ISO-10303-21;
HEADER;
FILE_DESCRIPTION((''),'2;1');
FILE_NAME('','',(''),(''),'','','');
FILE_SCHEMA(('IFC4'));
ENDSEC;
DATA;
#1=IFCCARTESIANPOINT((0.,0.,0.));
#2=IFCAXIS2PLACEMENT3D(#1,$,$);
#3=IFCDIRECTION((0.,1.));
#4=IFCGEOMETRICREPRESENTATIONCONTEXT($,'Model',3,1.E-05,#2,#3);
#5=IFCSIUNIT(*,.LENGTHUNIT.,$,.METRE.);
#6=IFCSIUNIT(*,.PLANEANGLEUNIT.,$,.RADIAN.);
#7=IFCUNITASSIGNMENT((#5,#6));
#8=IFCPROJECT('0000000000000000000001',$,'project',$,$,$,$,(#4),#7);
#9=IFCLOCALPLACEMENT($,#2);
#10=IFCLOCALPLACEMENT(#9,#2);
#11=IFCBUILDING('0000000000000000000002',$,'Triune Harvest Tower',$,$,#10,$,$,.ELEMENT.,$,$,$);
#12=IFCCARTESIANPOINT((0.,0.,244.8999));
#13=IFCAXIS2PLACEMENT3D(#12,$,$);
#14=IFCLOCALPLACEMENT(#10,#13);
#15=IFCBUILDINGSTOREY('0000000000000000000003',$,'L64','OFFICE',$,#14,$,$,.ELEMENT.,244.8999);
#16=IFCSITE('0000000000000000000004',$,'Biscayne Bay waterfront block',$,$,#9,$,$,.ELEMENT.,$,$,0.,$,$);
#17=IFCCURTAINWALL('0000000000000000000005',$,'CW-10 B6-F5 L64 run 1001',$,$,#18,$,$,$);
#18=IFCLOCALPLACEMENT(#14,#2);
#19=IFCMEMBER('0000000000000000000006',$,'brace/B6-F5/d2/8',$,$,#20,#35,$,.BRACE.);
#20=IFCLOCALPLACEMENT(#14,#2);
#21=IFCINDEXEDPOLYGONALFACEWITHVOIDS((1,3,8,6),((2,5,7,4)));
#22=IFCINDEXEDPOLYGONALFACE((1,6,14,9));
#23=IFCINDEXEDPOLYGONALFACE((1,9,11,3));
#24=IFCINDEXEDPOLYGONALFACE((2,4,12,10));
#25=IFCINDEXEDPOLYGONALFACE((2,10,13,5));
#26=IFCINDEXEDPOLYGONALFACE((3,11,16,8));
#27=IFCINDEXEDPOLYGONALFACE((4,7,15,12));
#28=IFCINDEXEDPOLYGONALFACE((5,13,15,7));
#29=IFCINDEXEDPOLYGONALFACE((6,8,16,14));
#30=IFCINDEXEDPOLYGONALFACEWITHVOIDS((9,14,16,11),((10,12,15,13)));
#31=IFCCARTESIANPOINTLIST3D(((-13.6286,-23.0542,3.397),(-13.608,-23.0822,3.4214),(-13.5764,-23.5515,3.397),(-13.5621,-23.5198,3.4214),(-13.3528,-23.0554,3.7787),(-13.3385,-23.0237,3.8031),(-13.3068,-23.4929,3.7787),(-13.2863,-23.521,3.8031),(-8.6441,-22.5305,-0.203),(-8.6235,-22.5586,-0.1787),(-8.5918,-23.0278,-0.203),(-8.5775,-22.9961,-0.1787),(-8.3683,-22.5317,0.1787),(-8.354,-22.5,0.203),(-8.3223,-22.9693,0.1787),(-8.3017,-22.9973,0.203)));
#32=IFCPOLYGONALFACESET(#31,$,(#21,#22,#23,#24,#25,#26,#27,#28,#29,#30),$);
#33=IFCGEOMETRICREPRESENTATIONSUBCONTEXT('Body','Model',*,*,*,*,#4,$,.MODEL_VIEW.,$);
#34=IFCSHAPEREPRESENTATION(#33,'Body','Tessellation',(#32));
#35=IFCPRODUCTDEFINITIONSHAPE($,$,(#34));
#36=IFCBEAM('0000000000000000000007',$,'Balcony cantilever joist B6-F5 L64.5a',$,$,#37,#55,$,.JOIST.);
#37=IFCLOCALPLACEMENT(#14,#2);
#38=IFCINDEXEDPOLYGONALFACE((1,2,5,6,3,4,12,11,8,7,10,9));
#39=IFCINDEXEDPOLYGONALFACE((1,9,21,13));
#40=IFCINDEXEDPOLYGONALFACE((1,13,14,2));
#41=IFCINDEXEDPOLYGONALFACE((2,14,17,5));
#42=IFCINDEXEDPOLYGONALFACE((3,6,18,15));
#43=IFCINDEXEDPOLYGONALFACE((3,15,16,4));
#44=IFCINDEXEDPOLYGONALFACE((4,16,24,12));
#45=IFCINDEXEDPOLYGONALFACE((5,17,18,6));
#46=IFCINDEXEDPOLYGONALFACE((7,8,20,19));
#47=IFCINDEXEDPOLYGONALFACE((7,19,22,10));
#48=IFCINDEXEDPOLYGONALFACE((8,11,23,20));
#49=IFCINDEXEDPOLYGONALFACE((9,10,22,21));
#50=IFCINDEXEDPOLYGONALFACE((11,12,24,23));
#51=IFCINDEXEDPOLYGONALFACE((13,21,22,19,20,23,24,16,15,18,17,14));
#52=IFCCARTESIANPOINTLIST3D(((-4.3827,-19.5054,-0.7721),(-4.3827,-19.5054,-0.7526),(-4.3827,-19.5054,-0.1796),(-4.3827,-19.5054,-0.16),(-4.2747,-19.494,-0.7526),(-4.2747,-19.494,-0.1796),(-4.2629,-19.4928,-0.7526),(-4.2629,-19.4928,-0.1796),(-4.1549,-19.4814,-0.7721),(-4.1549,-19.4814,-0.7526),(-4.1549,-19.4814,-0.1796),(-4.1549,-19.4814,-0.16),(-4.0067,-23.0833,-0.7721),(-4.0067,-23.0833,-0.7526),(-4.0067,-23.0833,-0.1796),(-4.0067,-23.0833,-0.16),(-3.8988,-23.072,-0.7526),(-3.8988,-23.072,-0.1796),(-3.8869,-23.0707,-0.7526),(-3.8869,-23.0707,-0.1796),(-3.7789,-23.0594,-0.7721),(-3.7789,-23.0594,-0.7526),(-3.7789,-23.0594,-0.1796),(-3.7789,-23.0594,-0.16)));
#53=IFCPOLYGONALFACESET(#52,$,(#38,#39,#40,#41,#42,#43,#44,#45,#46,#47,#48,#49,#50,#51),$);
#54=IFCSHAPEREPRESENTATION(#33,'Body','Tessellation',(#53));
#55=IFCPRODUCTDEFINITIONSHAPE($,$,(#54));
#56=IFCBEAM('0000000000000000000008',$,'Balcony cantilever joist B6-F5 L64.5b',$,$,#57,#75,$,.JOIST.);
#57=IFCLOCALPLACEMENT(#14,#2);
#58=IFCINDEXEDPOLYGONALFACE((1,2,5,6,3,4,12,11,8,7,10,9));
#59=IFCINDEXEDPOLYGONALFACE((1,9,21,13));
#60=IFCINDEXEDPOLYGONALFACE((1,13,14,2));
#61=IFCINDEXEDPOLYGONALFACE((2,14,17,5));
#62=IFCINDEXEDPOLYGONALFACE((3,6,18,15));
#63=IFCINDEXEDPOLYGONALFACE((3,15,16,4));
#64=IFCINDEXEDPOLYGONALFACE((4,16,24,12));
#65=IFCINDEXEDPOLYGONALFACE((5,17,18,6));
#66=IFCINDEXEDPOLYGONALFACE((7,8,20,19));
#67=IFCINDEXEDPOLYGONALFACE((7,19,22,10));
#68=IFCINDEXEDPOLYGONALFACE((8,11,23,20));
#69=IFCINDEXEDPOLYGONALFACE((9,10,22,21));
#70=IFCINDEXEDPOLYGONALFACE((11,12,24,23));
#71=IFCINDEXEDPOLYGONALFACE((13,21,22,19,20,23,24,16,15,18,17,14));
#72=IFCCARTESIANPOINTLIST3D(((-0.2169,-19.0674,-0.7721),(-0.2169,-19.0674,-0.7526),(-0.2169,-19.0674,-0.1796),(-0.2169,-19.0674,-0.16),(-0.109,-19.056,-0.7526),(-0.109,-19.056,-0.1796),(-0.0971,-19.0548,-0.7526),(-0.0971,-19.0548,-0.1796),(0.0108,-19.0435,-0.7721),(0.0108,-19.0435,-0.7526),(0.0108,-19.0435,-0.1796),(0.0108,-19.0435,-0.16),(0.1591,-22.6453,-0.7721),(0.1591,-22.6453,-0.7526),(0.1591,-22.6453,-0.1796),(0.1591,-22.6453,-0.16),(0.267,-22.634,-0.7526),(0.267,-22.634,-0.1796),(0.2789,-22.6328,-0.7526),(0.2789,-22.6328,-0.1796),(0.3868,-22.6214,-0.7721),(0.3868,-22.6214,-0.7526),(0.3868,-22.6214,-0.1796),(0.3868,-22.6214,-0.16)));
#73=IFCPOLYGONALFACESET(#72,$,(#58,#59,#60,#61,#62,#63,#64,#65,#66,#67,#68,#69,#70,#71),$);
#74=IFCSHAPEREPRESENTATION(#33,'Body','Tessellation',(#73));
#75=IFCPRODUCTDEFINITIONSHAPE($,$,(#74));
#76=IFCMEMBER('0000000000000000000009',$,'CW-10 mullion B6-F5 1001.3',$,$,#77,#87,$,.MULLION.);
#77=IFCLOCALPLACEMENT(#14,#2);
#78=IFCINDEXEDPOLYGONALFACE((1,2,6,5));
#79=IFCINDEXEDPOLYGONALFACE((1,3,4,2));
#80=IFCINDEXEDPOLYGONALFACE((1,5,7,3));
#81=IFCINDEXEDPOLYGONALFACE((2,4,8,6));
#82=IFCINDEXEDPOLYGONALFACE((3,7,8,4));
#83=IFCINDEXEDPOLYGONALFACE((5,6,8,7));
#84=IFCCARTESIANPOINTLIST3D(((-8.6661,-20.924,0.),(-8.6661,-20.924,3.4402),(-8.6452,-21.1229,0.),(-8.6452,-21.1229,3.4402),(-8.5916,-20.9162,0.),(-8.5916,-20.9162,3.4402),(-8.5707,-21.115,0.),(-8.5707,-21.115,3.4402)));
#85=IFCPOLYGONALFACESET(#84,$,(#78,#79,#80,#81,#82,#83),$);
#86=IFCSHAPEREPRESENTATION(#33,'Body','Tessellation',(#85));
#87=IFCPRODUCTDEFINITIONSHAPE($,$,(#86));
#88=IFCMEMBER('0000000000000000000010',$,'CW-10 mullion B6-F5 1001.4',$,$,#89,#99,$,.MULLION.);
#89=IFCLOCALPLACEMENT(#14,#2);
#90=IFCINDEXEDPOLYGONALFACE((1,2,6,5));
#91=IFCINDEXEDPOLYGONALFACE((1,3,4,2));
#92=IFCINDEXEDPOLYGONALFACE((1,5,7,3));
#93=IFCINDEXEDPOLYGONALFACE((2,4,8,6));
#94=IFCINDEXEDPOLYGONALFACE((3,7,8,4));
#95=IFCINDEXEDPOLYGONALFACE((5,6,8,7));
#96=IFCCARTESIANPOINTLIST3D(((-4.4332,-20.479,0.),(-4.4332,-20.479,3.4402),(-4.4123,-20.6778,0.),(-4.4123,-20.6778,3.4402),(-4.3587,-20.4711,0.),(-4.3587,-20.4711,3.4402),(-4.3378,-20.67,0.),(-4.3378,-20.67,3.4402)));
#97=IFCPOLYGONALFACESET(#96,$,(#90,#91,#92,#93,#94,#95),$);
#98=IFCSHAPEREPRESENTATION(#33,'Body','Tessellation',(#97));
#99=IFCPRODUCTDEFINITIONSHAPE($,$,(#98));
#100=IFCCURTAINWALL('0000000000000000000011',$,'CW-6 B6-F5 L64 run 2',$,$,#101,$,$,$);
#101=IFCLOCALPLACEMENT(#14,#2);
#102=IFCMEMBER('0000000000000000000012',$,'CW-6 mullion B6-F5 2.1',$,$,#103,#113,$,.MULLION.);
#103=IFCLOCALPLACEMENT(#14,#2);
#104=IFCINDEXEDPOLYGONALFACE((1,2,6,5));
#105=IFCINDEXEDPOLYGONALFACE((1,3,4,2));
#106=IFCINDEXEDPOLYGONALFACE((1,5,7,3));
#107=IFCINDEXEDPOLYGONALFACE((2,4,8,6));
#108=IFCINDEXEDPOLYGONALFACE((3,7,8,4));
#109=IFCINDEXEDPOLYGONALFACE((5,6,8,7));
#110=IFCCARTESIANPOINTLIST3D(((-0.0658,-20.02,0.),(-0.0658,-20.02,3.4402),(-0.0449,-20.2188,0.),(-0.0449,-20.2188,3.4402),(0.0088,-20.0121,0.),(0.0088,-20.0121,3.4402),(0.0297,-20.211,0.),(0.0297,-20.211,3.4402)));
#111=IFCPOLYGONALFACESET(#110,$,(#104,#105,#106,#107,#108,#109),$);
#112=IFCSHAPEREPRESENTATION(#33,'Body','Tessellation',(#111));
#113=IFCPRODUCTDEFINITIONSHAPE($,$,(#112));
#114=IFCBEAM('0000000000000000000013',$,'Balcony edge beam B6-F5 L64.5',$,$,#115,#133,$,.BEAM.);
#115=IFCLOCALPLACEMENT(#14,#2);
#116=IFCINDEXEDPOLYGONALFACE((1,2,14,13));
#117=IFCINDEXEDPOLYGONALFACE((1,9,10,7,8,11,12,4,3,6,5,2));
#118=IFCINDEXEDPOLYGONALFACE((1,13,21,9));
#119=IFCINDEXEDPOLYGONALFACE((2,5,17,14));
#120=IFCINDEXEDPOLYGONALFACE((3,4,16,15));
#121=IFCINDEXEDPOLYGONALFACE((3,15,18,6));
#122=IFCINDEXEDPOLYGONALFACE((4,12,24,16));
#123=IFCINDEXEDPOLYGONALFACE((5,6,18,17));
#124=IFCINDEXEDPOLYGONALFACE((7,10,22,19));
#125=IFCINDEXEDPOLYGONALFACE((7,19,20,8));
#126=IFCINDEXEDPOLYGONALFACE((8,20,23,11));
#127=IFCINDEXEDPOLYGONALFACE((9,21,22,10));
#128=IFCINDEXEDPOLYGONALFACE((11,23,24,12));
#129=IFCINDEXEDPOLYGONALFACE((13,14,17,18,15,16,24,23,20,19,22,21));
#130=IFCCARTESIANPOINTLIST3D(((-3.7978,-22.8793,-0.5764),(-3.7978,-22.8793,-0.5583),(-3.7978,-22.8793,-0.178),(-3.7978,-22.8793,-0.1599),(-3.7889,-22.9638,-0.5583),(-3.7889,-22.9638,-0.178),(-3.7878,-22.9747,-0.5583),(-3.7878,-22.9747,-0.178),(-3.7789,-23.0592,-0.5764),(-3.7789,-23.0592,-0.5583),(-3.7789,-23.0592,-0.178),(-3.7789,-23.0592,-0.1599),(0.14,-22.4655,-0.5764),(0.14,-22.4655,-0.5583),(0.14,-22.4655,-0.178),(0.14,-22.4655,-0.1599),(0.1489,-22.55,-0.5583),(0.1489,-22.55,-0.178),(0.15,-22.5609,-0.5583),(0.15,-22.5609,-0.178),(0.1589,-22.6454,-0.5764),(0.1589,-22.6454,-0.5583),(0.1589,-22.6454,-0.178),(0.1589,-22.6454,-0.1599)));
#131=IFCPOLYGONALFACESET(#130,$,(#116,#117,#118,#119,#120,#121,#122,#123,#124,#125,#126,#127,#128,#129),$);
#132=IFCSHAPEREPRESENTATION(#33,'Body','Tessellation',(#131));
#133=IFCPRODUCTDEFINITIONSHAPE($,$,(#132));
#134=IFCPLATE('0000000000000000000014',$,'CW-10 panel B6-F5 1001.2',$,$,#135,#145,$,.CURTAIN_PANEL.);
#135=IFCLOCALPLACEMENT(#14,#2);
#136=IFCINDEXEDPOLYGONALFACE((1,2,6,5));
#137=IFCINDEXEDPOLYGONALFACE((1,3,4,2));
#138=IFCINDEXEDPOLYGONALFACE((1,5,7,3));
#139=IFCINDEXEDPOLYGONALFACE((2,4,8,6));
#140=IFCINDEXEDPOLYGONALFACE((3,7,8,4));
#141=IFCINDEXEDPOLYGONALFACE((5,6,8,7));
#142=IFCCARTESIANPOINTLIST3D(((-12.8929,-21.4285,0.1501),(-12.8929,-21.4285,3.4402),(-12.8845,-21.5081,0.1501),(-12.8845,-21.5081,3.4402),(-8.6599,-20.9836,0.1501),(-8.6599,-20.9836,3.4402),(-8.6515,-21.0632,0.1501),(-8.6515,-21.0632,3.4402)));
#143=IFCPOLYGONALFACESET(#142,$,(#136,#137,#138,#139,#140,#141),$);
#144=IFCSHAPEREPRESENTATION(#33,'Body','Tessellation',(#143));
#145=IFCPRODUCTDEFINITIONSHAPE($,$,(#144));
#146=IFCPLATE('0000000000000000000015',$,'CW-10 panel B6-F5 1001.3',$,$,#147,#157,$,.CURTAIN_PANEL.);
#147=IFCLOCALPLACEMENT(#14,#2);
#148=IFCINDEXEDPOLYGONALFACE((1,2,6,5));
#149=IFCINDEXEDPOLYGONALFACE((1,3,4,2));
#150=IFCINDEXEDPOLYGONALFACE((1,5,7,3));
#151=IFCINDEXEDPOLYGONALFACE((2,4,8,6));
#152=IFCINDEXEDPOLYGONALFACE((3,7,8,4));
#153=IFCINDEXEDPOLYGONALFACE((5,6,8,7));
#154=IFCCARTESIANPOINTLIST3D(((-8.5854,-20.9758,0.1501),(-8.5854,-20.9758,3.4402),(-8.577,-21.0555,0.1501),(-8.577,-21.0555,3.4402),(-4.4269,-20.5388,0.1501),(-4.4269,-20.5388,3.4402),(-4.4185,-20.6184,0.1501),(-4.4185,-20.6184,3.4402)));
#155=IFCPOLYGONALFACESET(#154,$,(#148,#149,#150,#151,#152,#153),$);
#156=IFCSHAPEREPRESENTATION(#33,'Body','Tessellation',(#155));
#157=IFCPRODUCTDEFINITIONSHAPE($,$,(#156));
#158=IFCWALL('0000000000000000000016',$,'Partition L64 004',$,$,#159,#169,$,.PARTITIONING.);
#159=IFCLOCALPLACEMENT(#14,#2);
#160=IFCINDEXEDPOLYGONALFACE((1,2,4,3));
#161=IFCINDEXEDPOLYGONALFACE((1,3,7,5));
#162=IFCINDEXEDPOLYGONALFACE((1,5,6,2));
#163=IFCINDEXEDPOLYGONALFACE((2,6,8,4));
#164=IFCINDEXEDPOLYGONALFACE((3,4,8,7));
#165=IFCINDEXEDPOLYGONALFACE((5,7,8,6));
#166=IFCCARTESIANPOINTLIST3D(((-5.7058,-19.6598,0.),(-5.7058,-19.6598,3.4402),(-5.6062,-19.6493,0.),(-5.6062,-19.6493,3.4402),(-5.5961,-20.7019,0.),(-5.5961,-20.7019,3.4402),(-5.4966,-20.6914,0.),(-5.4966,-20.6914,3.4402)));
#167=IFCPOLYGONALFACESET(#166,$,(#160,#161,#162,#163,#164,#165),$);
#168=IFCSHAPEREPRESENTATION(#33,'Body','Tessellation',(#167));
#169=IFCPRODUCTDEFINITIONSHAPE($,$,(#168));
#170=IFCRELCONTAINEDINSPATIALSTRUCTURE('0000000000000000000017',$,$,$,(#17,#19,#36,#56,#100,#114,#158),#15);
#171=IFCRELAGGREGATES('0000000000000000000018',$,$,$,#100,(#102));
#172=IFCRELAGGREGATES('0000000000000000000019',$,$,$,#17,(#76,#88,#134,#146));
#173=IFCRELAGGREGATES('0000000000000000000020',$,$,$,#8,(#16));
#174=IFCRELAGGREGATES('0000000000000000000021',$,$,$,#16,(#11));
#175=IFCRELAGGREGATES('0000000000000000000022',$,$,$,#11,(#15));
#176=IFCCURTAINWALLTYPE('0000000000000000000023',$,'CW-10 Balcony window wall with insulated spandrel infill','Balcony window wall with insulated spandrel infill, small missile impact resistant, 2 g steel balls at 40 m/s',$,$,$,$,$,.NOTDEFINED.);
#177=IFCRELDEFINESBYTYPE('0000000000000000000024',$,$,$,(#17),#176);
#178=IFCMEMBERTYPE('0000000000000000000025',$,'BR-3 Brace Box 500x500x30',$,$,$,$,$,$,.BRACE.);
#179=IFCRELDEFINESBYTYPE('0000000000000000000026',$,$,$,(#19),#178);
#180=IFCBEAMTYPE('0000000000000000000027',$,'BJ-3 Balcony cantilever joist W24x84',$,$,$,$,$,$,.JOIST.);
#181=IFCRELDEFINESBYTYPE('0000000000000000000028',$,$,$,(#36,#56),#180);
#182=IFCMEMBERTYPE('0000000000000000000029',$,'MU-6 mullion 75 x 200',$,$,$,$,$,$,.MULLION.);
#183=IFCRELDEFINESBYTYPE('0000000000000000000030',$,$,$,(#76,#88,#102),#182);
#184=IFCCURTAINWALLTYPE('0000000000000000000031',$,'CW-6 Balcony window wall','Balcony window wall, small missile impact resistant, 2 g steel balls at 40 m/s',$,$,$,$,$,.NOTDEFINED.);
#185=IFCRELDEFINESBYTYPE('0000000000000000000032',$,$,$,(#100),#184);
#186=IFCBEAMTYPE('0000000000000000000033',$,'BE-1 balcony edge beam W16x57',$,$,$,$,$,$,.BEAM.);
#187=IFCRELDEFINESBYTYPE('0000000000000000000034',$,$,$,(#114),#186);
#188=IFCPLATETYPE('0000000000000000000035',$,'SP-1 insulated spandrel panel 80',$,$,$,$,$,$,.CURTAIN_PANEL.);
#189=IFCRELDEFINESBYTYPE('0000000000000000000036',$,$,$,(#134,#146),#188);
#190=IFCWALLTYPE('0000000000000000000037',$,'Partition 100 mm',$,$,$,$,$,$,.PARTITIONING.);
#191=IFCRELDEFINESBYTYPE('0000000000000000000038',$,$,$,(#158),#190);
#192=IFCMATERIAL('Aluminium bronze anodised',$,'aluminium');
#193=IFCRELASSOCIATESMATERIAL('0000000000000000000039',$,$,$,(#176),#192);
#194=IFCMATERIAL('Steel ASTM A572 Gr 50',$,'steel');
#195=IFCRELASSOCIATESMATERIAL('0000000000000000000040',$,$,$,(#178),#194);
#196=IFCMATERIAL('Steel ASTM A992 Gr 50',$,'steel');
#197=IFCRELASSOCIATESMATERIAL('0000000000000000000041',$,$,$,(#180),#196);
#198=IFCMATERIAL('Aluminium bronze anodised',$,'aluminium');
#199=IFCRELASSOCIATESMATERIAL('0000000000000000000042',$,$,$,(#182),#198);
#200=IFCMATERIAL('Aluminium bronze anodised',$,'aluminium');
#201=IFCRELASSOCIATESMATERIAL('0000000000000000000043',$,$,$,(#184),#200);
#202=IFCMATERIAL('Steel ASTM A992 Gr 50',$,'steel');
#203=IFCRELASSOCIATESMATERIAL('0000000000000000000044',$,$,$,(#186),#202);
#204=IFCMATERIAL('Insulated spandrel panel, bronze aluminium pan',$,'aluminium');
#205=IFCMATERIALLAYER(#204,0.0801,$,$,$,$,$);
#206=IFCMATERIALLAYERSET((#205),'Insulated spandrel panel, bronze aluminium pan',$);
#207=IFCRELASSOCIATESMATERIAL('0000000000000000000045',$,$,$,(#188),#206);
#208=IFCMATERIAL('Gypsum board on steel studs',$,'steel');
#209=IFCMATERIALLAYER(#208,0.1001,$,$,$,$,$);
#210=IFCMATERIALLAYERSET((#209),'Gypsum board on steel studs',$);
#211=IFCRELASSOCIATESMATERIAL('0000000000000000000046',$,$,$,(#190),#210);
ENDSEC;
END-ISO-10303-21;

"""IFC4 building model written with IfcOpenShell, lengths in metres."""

from ifc_helpers import new_model, si_unit, direction, frame, frame_2d, origin, origin_2d, place, context, subcontext, project, spatial, rectangle, hollow_rectangle, i_section, extrude, source, transform, mapped, material, layer, layer_set, material_profile, profile_set, type_object, element, aggregate, save


model = new_model("IFC4")

# Units and contexts
model_context = context("Model", 3, precision=1e-05, world=origin(), true_north=direction((0.0, 1.0)))
body_context = subcontext(model_context, "Body", "Model", "MODEL_VIEW")
ifc_project = project(units=[si_unit("LENGTHUNIT", "METRE"), si_unit("PLANEANGLEUNIT", "RADIAN")], contexts=[model_context])

# Site, building, storey
site_placement = place(None, origin())
site = spatial("IfcSite", under=ifc_project, at=site_placement, Name="Biscayne Bay waterfront block", CompositionType="ELEMENT", RefElevation=0.0)
building_placement = place(site_placement, origin())
building = spatial("IfcBuilding", under=site, at=building_placement, Name="Triune Harvest Tower", CompositionType="ELEMENT")
storey_placement = place(building_placement, frame((0.0, 0.0, 244.8999)))
storey = spatial("IfcBuildingStorey", under=building, at=storey_placement, Name="L64", Description="OFFICE", CompositionType="ELEMENT", Elevation=244.8999)

# Curtain wall
ifc_material_1 = material(Name="Aluminium bronze anodised", Category="aluminium")
curtain_wall_type_1 = type_object("IfcCurtainWallType", Name="CW-10 Balcony window wall with insulated spandrel infill", Description="Balcony window wall with insulated spandrel infill, small missile impact resistant, 2 g steel balls at 40 m/s", PredefinedType="NOTDEFINED", material=ifc_material_1)
curtain_wall_1_placement = place(storey_placement, origin())
curtain_wall_1 = element("IfcCurtainWall", 1, at=curtain_wall_1_placement, inside=storey, type_object=curtain_wall_type_1, Name="CW-10 B6-F5 L64 run 1001")

# Member
ifc_material_2 = material(Name="Steel ASTM A572 Gr 50", Category="steel")
ifc_material_profile_1 = material_profile(ifc_material_2, hollow_rectangle(XDim=0.5, YDim=0.5, WallThickness=0.03, at=origin_2d()), Name="Box 500x500x30")
ifc_profile_set_1 = profile_set([ifc_material_profile_1], Name="Steel ASTM A572 Gr 50")
member_type_1 = type_object("IfcMemberType", Name="BR-3 Brace Box 500x500x30", PredefinedType="BRACE", material=ifc_profile_set_1)
shared_shape_1 = source(origin(), body_context, "Body", "SweptSolid", [
    extrude(hollow_rectangle(XDim=0.5, YDim=0.5, WallThickness=0.03, at=origin_2d()), origin(), (0.0, 0.0, 1.0), 6.1709),
])
member_1_placement = place(storey_placement, frame((-8.4729, -22.7639, 0.0), z_axis=(-0.807748, -0.084862, 0.583389), x_axis=(0.104484, -0.994527, 0.0)))
element("IfcMember", 2, at=member_1_placement, inside=storey, type_object=member_type_1, Name="brace/B6-F5/d2/8", PredefinedType="BRACE", context=body_context, shape_type="MappedRepresentation", body=[
    mapped(shared_shape_1, transform((0.0, 0.0, 0.0), scale=1.0)),
])

# Beams
ifc_material_3 = material(Name="Steel ASTM A992 Gr 50", Category="steel")
ifc_material_profile_2 = material_profile(ifc_material_3, i_section(OverallWidth=0.229, OverallDepth=0.6121, WebThickness=0.012, FlangeThickness=0.0195, at=origin_2d()), Name="W24x84")
ifc_profile_set_2 = profile_set([ifc_material_profile_2], Name="Steel ASTM A992 Gr 50")
beam_type_1 = type_object("IfcBeamType", Name="BJ-3 Balcony cantilever joist W24x84", PredefinedType="JOIST", material=ifc_profile_set_2)
shared_shape_2 = source(origin(), body_context, "Body", "SweptSolid", [
    extrude(i_section(OverallWidth=0.229, OverallDepth=0.6121, WebThickness=0.012, FlangeThickness=0.0195, at=origin_2d()), origin(), (0.0, 0.0, 1.0), 3.5977),
])
for number, where, z_axis, x_axis, name in (
    (3, (-4.2688, -19.4934, -0.4661), (0.104508, -0.994524, 0.0), (0.994524, 0.104508, 0.0), "Balcony cantilever joist B6-F5 L64.5a"),
    (4, (-0.103, -19.0554, -0.4661), (0.104508, -0.994524, 0.0), (0.994524, 0.104508, 0.0), "Balcony cantilever joist B6-F5 L64.5b"),
):
    element("IfcBeam", number, at=place(storey_placement, frame(where, z_axis=z_axis, x_axis=x_axis)), inside=storey, type_object=beam_type_1, Name=name, PredefinedType="JOIST", context=body_context, shape_type="MappedRepresentation", body=[
        mapped(shared_shape_2, transform((0.0, 0.0, 0.0), scale=1.0)),
    ])

# Members
ifc_material_4 = material(Name="Aluminium bronze anodised", Category="aluminium")
ifc_material_profile_3 = material_profile(ifc_material_4, rectangle(XDim=0.2, YDim=0.075, at=origin_2d()), Name="MU-6 mullion 75 x 200")
ifc_profile_set_3 = profile_set([ifc_material_profile_3], Name="Aluminium bronze anodised")
member_type_2 = type_object("IfcMemberType", Name="MU-6 mullion 75 x 200", PredefinedType="MULLION", material=ifc_profile_set_3)
shared_shape_3 = source(origin(), body_context, "Body", "SweptSolid", [
    extrude(rectangle(XDim=0.2, YDim=0.075, at=origin_2d()), origin(), (0.0, 0.0, 1.0), 3.4402),
])
member_2_placement = place(storey_placement, frame((-8.6184, -21.0195, 0.0), z_axis=(0.0, 0.0, 1.0), x_axis=(-0.104534, 0.994521, 0.0)))
member_2 = element("IfcMember", 5, at=member_2_placement, type_object=member_type_2, Name="CW-10 mullion B6-F5 1001.3", PredefinedType="MULLION", context=body_context, shape_type="MappedRepresentation", body=[
    mapped(shared_shape_3, transform((0.0, 0.0, 0.0), scale=1.0)),
])
member_3_placement = place(storey_placement, frame((-4.3855, -20.5745, 0.0), z_axis=(0.0, 0.0, 1.0), x_axis=(-0.104534, 0.994521, 0.0)))
member_3 = element("IfcMember", 6, at=member_3_placement, type_object=member_type_2, Name="CW-10 mullion B6-F5 1001.4", PredefinedType="MULLION", context=body_context, shape_type="MappedRepresentation", body=[
    mapped(shared_shape_3, transform((0.0, 0.0, 0.0), scale=1.0)),
])

# Curtain wall, member
ifc_material_5 = material(Name="Aluminium bronze anodised", Category="aluminium")
curtain_wall_type_2 = type_object("IfcCurtainWallType", Name="CW-6 Balcony window wall", Description="Balcony window wall, small missile impact resistant, 2 g steel balls at 40 m/s", PredefinedType="NOTDEFINED", material=ifc_material_5)
curtain_wall_2_placement = place(storey_placement, origin())
curtain_wall_2 = element("IfcCurtainWall", 7, at=curtain_wall_2_placement, inside=storey, type_object=curtain_wall_type_2, Name="CW-6 B6-F5 L64 run 2")
member_4_placement = place(storey_placement, frame((-0.0181, -20.1155, 0.0), z_axis=(0.0, 0.0, 1.0), x_axis=(-0.104535, 0.994521, 0.0)))
member_4 = element("IfcMember", 8, at=member_4_placement, type_object=member_type_2, Name="CW-6 mullion B6-F5 2.1", PredefinedType="MULLION", context=body_context, shape_type="MappedRepresentation", body=[
    mapped(shared_shape_3, transform((0.0, 0.0, 0.0), scale=1.0)),
])
aggregate(curtain_wall_2, [member_4])

# Beam
ifc_material_6 = material(Name="Steel ASTM A992 Gr 50", Category="steel")
ifc_material_profile_4 = material_profile(ifc_material_6, i_section(OverallWidth=0.1809, OverallDepth=0.4165, WebThickness=0.011, FlangeThickness=0.0181, at=origin_2d()), Name="W16x57")
ifc_profile_set_4 = profile_set([ifc_material_profile_4], Name="Steel ASTM A992 Gr 50")
beam_type_2 = type_object("IfcBeamType", Name="BE-1 balcony edge beam W16x57", PredefinedType="BEAM", material=ifc_profile_set_4)
shared_shape_4 = source(origin(), body_context, "Body", "SweptSolid", [
    extrude(i_section(OverallWidth=0.1809, OverallDepth=0.4165, WebThickness=0.011, FlangeThickness=0.0181, at=origin_2d()), origin(), (0.0, 0.0, 1.0), 3.9595),
])
beam_1_placement = place(storey_placement, frame((-3.7883, -22.9692, -0.3682), z_axis=(0.994523, 0.104515, 0.0), x_axis=(-0.104515, 0.994523, 0.0)))
element("IfcBeam", 9, at=beam_1_placement, inside=storey, type_object=beam_type_2, Name="Balcony edge beam B6-F5 L64.5", PredefinedType="BEAM", context=body_context, shape_type="MappedRepresentation", body=[
    mapped(shared_shape_4, transform((0.0, 0.0, 0.0), scale=1.0)),
])

# Plates
ifc_material_7 = material(Name="Insulated spandrel panel, bronze aluminium pan", Category="aluminium")
ifc_layer_1 = layer(ifc_material_7, 0.0801)
ifc_layer_set_1 = layer_set([ifc_layer_1], Name="Insulated spandrel panel, bronze aluminium pan")
plate_type = type_object("IfcPlateType", Name="SP-1 insulated spandrel panel 80", PredefinedType="CURTAIN_PANEL", material=ifc_layer_set_1)
shared_shape_5 = source(origin(), body_context, "Body", "SweptSolid", [
    extrude(rectangle(XDim=4.2563, YDim=0.0801, at=origin_2d()), origin(), (0.0, 0.0, 1.0), 3.29),
])
plate_1_placement = place(storey_placement, frame((-10.7722, -21.2458, 0.1501), z_axis=(0.0, 0.0, 1.0), x_axis=(0.994521, 0.104534, 0.0)))
plate_1 = element("IfcPlate", 10, at=plate_1_placement, type_object=plate_type, Name="CW-10 panel B6-F5 1001.2", PredefinedType="CURTAIN_PANEL", context=body_context, shape_type="MappedRepresentation", body=[
    mapped(shared_shape_5, transform((0.0, 0.0, 0.0), scale=1.0)),
])
shared_shape_6 = source(origin(), body_context, "Body", "SweptSolid", [
    extrude(rectangle(XDim=4.1814, YDim=0.0801, at=origin_2d()), origin(), (0.0, 0.0, 1.0), 3.29),
])
plate_2_placement = place(storey_placement, frame((-6.502, -20.7971, 0.1501), z_axis=(0.0, 0.0, 1.0), x_axis=(0.994521, 0.104534, 0.0)))
plate_2 = element("IfcPlate", 11, at=plate_2_placement, type_object=plate_type, Name="CW-10 panel B6-F5 1001.3", PredefinedType="CURTAIN_PANEL", context=body_context, shape_type="MappedRepresentation", body=[
    mapped(shared_shape_6, transform((0.0, 0.0, 0.0), scale=1.0)),
])
aggregate(curtain_wall_1, [member_2, member_3, plate_1, plate_2])

# Wall
ifc_material_8 = material(Name="Gypsum board on steel studs", Category="steel")
ifc_layer_2 = layer(ifc_material_8, 0.1001)
ifc_layer_set_2 = layer_set([ifc_layer_2], Name="Gypsum board on steel studs")
wall_type_1 = type_object("IfcWallType", Name="Partition 100 mm", PredefinedType="PARTITIONING", material=ifc_layer_set_2)
shared_shape_7 = source(origin(), body_context, "Body", "SweptSolid", [
    extrude(rectangle(XDim=1.0479, YDim=0.1001, at=frame_2d((0.5239, 0.0))), origin(), (0.0, 0.0, 1.0), 3.4402),
])
wall_1_placement = place(storey_placement, frame((-5.656, -19.6545, 0.0), z_axis=(0.0, 0.0, 1.0), x_axis=(0.104624, -0.994512, 0.0)))
element("IfcWall", 12, at=wall_1_placement, inside=storey, type_object=wall_type_1, Name="Partition L64 004", PredefinedType="PARTITIONING", context=body_context, shape_type="MappedRepresentation", body=[
    mapped(shared_shape_7, transform((0.0, 0.0, 0.0), scale=1.0)),
])

save(model, "model.ifc")
